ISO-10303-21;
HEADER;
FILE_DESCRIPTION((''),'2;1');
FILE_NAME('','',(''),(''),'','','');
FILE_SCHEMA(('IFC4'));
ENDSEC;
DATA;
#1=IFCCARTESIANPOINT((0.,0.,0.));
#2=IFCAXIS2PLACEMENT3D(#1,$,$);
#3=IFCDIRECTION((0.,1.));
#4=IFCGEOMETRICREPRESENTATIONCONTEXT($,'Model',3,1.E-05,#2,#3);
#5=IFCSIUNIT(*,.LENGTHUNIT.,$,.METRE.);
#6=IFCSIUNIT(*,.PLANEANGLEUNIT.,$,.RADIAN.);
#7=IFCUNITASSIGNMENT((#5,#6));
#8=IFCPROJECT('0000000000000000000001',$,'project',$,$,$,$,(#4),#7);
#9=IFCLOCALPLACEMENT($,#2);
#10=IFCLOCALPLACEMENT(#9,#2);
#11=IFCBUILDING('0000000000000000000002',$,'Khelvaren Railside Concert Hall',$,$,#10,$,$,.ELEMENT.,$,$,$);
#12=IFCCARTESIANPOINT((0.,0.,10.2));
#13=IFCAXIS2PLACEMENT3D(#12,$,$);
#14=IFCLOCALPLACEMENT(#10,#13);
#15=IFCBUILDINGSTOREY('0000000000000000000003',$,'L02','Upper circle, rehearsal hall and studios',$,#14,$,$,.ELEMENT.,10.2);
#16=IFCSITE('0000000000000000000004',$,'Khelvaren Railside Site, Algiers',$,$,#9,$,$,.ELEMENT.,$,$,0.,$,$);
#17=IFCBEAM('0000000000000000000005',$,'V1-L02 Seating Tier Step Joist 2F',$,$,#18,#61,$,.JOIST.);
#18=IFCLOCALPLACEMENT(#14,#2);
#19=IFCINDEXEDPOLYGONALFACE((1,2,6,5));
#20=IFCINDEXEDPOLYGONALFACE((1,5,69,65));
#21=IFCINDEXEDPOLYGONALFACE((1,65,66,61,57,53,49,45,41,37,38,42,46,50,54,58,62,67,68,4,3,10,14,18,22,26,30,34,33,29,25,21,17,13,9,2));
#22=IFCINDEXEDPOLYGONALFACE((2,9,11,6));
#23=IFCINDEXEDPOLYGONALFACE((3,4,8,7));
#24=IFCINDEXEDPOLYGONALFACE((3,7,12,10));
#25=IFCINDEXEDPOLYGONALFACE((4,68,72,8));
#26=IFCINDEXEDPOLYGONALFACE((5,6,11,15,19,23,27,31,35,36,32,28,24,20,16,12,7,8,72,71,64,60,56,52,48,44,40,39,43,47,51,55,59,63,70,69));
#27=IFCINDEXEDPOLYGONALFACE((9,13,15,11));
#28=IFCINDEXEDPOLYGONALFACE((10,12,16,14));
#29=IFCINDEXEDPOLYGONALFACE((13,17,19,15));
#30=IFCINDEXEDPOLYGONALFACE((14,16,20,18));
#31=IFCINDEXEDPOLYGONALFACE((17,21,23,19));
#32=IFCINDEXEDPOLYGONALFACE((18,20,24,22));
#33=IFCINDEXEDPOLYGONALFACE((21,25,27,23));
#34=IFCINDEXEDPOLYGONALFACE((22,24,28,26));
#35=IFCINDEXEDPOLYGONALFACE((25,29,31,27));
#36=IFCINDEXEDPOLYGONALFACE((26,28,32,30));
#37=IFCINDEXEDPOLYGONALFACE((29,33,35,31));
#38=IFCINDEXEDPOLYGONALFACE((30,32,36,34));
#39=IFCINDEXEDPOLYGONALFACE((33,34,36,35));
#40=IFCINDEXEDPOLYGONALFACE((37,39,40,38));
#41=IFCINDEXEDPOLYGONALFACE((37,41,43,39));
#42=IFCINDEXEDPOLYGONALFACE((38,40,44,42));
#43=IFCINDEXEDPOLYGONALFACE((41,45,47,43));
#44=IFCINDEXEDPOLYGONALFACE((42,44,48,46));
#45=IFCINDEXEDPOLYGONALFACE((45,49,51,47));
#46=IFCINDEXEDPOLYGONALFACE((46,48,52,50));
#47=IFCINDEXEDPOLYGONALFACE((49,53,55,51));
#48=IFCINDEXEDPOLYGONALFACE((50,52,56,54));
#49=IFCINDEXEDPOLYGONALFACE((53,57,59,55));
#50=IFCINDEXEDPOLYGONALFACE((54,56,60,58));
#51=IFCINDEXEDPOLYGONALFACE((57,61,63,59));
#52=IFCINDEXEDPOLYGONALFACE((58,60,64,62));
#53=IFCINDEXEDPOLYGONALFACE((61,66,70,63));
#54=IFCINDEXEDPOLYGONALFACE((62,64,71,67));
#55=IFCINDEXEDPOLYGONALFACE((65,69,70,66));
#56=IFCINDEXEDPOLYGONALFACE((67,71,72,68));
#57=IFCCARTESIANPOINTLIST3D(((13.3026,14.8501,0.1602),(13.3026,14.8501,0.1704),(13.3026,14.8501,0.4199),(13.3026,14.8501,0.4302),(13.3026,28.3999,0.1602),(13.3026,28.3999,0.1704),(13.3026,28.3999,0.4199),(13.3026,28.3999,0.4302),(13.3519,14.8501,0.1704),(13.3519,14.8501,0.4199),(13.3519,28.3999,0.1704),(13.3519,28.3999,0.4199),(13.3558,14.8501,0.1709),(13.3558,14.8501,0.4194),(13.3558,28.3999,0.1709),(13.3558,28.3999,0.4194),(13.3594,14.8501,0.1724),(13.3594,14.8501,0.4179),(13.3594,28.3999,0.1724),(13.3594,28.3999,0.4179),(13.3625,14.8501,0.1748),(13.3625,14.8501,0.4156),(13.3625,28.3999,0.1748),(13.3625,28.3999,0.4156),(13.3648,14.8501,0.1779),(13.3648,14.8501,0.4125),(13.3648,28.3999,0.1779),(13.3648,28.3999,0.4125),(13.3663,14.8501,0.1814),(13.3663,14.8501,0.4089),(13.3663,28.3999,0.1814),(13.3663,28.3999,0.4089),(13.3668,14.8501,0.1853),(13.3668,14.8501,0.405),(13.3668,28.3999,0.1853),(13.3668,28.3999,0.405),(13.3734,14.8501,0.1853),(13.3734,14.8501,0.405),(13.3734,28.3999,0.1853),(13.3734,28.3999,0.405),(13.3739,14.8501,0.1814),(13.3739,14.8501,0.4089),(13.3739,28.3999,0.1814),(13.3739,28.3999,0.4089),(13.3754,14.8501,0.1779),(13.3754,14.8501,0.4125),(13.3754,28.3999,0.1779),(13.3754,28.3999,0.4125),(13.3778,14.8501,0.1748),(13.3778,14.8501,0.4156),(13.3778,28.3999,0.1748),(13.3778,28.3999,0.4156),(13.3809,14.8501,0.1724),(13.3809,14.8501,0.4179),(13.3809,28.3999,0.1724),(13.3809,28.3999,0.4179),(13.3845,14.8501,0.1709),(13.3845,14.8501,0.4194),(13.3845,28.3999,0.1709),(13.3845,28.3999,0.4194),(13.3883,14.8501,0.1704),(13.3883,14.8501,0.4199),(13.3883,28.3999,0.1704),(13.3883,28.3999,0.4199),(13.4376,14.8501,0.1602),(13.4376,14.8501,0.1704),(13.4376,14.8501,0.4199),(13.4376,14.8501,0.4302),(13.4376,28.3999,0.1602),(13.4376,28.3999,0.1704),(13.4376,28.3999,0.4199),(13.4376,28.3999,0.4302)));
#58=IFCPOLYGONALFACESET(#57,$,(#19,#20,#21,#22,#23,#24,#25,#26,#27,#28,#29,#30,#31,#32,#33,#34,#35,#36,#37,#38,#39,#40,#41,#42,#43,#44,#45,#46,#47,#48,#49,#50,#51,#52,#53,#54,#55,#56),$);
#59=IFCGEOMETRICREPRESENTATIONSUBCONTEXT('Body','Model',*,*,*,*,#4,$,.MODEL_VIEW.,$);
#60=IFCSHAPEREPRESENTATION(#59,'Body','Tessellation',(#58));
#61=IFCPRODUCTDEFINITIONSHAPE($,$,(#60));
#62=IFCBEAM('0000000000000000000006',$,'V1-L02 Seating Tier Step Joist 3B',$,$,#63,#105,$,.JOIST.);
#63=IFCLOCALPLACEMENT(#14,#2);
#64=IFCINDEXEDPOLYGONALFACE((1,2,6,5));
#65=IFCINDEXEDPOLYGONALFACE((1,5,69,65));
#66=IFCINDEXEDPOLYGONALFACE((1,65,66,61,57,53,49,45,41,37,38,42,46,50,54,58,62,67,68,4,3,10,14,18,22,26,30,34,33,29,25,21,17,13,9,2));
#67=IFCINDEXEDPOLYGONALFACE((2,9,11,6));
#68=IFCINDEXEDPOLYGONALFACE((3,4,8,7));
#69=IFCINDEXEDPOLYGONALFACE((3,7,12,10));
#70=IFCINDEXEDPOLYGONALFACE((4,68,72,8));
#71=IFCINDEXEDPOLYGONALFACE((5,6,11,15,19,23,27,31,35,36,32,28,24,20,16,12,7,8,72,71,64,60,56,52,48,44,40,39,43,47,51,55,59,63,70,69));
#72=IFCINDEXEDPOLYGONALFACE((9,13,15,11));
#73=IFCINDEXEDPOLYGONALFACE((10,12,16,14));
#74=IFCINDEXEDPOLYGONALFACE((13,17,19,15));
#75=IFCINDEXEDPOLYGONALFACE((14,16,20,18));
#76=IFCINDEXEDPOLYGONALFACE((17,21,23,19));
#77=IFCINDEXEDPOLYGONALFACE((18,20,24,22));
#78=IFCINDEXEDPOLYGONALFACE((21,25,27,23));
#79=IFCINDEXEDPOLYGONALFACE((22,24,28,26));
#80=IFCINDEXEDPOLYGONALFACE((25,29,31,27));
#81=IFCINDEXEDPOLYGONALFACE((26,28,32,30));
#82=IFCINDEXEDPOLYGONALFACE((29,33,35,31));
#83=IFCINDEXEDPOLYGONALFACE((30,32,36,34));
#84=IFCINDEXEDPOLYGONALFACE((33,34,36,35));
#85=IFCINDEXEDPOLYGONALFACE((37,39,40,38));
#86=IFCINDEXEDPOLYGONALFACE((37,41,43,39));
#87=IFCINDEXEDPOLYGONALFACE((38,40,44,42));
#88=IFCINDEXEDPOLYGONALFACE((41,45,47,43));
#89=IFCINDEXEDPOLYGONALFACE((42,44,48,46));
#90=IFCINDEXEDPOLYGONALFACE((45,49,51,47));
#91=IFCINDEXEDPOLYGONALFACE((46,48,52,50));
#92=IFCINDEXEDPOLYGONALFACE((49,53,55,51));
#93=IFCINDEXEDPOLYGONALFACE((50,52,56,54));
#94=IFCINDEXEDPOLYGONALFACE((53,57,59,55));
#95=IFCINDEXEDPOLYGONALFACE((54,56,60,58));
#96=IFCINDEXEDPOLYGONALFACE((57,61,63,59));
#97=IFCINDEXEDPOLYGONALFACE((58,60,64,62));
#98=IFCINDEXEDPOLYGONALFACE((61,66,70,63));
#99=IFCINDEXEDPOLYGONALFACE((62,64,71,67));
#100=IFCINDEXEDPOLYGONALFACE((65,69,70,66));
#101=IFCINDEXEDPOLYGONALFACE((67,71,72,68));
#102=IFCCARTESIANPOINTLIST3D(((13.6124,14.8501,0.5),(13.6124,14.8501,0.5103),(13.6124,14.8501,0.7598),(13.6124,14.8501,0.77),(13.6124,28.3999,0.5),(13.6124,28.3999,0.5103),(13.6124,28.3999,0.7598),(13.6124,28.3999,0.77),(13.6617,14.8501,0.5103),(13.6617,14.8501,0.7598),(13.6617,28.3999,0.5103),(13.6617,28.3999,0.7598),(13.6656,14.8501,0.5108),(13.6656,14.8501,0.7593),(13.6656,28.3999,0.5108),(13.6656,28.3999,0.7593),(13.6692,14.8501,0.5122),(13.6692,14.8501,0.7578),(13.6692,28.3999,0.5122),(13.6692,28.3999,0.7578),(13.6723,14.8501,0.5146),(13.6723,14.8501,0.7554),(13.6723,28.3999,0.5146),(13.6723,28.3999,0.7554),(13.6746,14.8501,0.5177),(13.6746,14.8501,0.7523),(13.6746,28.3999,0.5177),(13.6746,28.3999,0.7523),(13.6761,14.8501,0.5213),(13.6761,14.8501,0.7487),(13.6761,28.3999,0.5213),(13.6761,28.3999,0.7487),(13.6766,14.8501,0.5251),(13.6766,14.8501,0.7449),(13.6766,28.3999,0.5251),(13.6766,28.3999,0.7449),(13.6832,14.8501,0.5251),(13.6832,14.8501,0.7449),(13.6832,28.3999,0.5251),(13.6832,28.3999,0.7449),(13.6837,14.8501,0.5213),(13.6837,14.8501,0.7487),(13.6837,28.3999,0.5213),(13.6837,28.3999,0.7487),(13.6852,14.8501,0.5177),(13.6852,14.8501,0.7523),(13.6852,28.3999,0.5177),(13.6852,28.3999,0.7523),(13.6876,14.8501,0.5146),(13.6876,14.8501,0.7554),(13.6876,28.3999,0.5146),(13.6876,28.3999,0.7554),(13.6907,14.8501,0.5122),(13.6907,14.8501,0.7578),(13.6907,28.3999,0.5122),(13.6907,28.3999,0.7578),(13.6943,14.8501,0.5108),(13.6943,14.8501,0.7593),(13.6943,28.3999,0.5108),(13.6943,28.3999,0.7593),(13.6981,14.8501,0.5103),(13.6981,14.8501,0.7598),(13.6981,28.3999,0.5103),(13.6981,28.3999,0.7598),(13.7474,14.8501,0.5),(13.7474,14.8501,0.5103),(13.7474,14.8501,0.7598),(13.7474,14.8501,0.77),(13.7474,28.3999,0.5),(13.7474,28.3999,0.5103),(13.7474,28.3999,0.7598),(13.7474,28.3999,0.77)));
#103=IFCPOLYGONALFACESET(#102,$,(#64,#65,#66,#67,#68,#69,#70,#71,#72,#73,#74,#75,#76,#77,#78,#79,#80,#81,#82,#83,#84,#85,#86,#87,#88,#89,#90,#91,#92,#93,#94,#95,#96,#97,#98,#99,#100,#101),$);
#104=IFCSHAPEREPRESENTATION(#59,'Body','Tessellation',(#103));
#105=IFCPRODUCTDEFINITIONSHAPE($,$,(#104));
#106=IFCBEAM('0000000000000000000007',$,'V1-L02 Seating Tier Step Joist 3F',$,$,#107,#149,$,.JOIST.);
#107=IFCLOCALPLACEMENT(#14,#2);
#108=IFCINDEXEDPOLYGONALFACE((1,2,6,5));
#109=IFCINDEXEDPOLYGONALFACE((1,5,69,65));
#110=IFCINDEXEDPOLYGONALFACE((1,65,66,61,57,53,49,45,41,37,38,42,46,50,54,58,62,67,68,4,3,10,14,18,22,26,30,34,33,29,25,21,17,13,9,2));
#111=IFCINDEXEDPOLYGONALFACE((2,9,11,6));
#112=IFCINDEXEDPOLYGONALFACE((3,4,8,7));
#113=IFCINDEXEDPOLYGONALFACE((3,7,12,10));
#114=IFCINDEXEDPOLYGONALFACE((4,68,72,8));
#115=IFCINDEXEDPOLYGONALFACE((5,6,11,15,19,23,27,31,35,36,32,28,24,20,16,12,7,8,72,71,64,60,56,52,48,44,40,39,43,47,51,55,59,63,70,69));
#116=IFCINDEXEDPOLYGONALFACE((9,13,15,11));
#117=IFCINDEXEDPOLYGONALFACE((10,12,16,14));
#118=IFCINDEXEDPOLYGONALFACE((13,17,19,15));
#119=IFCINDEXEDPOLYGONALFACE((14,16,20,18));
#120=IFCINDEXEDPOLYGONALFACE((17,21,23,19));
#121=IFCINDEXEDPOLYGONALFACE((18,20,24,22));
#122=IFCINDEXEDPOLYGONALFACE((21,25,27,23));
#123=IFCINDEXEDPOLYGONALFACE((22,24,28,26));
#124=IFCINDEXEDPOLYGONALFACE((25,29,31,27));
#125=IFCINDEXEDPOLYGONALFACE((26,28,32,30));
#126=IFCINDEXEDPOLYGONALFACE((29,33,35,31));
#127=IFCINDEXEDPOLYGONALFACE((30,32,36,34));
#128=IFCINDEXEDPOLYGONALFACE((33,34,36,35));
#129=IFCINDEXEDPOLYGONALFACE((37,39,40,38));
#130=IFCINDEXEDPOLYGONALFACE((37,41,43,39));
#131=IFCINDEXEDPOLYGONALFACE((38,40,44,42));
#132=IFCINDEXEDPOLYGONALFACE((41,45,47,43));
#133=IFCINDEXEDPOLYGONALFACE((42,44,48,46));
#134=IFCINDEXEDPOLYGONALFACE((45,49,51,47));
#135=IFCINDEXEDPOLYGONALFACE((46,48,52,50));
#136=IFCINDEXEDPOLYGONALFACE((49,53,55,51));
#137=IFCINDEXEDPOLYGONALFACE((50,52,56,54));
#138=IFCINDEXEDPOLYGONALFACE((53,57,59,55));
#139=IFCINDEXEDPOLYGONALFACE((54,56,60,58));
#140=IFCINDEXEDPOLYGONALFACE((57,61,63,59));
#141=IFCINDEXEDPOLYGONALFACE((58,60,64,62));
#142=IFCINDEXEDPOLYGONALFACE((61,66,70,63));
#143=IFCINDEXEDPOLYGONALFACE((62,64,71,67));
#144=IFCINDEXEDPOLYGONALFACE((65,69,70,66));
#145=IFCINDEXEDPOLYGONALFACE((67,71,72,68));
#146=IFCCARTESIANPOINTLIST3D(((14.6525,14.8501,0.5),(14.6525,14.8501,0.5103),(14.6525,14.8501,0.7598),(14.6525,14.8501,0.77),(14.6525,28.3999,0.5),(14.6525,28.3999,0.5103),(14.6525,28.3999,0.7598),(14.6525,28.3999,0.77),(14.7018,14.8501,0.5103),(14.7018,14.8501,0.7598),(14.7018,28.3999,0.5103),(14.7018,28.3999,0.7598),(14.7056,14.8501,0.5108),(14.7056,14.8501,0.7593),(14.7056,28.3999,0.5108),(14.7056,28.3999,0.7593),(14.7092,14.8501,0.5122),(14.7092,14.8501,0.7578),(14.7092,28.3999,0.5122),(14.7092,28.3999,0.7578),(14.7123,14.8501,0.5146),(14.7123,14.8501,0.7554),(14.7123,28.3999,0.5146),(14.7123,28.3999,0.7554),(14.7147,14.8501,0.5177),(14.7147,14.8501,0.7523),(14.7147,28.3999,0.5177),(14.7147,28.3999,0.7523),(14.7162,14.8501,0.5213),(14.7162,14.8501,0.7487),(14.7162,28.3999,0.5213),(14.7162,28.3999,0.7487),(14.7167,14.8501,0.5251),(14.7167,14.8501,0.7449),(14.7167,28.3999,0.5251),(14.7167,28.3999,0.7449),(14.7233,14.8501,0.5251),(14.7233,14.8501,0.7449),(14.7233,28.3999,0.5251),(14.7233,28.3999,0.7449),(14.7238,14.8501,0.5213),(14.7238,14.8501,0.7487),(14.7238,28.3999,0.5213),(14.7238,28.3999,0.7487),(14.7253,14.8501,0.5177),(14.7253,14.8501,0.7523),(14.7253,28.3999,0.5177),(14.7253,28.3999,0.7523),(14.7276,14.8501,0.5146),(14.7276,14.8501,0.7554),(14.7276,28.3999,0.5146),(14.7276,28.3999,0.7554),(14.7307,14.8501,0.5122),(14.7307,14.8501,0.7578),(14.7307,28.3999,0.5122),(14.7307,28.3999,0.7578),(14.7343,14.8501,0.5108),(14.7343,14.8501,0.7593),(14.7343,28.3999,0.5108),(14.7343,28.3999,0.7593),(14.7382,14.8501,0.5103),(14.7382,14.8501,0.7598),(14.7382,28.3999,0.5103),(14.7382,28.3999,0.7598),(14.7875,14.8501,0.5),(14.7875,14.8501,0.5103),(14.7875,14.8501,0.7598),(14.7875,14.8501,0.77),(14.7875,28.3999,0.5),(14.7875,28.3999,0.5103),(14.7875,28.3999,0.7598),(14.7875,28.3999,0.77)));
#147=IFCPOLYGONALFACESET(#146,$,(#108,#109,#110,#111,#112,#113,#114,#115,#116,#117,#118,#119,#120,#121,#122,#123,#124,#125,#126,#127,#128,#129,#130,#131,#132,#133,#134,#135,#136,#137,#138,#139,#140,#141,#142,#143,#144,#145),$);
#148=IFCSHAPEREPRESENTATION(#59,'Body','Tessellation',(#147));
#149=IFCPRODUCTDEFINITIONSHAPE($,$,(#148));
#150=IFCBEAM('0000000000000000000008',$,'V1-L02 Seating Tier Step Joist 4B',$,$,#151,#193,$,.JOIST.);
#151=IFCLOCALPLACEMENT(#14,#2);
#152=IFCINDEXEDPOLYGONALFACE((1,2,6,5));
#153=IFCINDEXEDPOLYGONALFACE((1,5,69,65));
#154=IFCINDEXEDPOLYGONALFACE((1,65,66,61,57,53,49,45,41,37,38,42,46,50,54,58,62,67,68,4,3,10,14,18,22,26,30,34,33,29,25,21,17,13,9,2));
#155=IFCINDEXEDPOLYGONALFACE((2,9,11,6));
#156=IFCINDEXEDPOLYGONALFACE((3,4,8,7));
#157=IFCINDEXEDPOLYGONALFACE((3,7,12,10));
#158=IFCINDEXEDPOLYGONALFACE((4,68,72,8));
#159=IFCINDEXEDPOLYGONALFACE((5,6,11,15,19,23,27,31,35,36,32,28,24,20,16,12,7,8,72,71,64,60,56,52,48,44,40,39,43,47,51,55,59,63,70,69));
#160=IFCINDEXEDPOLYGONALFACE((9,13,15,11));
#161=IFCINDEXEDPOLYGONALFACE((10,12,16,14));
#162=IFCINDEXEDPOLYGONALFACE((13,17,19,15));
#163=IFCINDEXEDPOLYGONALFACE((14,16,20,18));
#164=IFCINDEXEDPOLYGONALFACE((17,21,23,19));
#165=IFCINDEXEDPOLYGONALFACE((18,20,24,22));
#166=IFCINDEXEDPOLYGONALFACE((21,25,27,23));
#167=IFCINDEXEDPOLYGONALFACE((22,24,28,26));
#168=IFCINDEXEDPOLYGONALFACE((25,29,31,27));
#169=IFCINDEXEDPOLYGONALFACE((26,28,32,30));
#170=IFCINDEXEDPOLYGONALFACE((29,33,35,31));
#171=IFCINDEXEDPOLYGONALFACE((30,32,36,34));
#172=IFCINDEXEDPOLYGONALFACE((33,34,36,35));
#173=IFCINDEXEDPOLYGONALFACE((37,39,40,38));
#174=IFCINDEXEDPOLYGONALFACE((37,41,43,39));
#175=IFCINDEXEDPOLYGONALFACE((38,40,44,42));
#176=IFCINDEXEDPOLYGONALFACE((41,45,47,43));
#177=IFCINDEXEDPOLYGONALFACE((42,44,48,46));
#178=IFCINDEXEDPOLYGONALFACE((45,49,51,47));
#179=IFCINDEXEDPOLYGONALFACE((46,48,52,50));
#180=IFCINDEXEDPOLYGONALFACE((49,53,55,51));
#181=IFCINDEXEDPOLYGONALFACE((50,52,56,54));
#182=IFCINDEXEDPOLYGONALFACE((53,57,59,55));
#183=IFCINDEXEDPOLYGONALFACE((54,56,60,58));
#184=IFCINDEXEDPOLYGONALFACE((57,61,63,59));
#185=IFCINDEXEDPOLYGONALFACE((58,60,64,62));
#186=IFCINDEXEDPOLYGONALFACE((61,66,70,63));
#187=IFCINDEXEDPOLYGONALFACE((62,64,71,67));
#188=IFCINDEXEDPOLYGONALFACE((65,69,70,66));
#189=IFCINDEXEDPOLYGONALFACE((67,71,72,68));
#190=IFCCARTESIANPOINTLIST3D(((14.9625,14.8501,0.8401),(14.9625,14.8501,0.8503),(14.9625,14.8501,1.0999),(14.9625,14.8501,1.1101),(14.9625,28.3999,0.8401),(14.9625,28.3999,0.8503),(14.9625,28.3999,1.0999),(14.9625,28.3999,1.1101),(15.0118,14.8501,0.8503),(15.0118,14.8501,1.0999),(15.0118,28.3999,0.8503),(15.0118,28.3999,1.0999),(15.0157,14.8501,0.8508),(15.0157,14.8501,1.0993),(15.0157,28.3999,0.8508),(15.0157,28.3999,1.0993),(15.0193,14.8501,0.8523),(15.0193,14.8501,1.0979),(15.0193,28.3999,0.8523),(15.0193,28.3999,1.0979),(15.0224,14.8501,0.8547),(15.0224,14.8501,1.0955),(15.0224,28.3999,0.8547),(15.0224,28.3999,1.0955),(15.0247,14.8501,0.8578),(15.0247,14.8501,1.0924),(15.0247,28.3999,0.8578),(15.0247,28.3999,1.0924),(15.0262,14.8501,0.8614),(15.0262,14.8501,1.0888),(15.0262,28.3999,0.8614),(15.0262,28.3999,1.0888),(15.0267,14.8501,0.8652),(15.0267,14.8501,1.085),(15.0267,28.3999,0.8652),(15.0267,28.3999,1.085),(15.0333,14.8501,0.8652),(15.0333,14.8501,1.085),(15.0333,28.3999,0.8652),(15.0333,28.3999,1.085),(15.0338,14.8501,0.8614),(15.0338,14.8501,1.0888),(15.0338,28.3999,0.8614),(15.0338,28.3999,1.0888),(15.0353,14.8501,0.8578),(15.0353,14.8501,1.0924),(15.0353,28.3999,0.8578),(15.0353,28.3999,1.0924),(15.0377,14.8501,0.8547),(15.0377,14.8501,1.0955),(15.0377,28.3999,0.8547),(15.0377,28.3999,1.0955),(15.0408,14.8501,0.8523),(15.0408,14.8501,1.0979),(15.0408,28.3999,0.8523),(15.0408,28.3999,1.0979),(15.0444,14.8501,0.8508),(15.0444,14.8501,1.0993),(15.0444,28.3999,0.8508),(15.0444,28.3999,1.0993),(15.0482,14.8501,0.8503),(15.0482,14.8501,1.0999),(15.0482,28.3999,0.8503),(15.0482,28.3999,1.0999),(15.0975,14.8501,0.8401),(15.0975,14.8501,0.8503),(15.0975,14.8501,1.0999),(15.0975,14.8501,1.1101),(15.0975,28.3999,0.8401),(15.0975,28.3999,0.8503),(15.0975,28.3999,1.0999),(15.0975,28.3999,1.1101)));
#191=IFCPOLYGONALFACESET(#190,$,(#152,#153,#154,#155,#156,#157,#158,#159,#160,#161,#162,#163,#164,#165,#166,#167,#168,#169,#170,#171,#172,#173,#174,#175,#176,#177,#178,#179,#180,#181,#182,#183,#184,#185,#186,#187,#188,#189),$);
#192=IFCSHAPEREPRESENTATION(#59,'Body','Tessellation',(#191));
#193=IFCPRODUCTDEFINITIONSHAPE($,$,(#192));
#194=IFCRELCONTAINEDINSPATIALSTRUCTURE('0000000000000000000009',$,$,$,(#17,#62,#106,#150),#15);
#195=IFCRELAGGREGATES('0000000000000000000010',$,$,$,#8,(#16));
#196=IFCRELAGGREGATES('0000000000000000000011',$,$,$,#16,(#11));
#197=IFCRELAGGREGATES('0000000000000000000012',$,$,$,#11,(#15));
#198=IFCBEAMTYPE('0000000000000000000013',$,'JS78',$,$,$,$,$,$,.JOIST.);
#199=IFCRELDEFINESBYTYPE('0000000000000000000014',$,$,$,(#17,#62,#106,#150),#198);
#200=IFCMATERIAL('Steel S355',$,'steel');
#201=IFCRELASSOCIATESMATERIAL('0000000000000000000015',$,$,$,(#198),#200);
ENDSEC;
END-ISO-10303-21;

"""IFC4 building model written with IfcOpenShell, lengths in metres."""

from ifc_helpers import new_model, si_unit, direction, frame, origin, origin_2d, place, context, subcontext, project, spatial, i_section, extrude, material, material_profile, profile_set, type_object, element, save


model = new_model("IFC4")

# Units and contexts
model_context = context("Model", 3, precision=1e-05, world=origin(), true_north=direction((0.0, 1.0)))
body_context = subcontext(model_context, "Body", "Model", "MODEL_VIEW")
ifc_project = project(units=[si_unit("LENGTHUNIT", "METRE"), si_unit("PLANEANGLEUNIT", "RADIAN")], contexts=[model_context])

# Site, building, storey
site_placement = place(None, origin())
site = spatial("IfcSite", under=ifc_project, at=site_placement, Name="Khelvaren Railside Site, Algiers", CompositionType="ELEMENT", RefElevation=0.0)
building_placement = place(site_placement, origin())
building = spatial("IfcBuilding", under=site, at=building_placement, Name="Khelvaren Railside Concert Hall", CompositionType="ELEMENT")
storey_placement = place(building_placement, frame((0.0, 0.0, 10.2)))
storey = spatial("IfcBuildingStorey", under=building, at=storey_placement, Name="L02", Description="Upper circle, rehearsal hall and studios", CompositionType="ELEMENT", Elevation=10.2)

# Beams
ifc_material_1 = material(Name="Steel S355", Category="steel")
ifc_material_profile_1 = material_profile(ifc_material_1, i_section(OverallWidth=0.135, OverallDepth=0.27, WebThickness=0.0066, FlangeThickness=0.0103, FilletRadius=0.0149, at=origin_2d()), Name="IPE 270")
ifc_profile_set_1 = profile_set([ifc_material_profile_1], Name="Steel S355")
beam_type_1 = type_object("IfcBeamType", Name="JS78", PredefinedType="JOIST", material=ifc_profile_set_1)
for number, where, z_axis, x_axis, name in (
    (1, (13.3701, 14.8501, 0.2952), (0.0, 1.0, 0.0), (-1.0, 0.0, 0.0), "V1-L02 Seating Tier Step Joist 2F"),
    (2, (13.6799, 14.8501, 0.635), (0.0, 1.0, 0.0), (-1.0, 0.0, 0.0), "V1-L02 Seating Tier Step Joist 3B"),
    (3, (14.72, 14.8501, 0.635), (0.0, 1.0, 0.0), (-1.0, 0.0, 0.0), "V1-L02 Seating Tier Step Joist 3F"),
    (4, (15.03, 14.8501, 0.9751), (0.0, 1.0, 0.0), (-1.0, 0.0, 0.0), "V1-L02 Seating Tier Step Joist 4B"),
):
    element("IfcBeam", number, at=place(storey_placement, frame(where, z_axis=z_axis, x_axis=x_axis)), inside=storey, type_object=beam_type_1, Name=name, PredefinedType="JOIST", context=body_context, shape_type="SweptSolid", body=[
        extrude(i_section(OverallWidth=0.135, OverallDepth=0.27, WebThickness=0.0066, FlangeThickness=0.0103, FilletRadius=0.0149, at=origin_2d()), origin(), (0.0, 0.0, 1.0), 13.5498),
    ])

save(model, "model.ifc")
